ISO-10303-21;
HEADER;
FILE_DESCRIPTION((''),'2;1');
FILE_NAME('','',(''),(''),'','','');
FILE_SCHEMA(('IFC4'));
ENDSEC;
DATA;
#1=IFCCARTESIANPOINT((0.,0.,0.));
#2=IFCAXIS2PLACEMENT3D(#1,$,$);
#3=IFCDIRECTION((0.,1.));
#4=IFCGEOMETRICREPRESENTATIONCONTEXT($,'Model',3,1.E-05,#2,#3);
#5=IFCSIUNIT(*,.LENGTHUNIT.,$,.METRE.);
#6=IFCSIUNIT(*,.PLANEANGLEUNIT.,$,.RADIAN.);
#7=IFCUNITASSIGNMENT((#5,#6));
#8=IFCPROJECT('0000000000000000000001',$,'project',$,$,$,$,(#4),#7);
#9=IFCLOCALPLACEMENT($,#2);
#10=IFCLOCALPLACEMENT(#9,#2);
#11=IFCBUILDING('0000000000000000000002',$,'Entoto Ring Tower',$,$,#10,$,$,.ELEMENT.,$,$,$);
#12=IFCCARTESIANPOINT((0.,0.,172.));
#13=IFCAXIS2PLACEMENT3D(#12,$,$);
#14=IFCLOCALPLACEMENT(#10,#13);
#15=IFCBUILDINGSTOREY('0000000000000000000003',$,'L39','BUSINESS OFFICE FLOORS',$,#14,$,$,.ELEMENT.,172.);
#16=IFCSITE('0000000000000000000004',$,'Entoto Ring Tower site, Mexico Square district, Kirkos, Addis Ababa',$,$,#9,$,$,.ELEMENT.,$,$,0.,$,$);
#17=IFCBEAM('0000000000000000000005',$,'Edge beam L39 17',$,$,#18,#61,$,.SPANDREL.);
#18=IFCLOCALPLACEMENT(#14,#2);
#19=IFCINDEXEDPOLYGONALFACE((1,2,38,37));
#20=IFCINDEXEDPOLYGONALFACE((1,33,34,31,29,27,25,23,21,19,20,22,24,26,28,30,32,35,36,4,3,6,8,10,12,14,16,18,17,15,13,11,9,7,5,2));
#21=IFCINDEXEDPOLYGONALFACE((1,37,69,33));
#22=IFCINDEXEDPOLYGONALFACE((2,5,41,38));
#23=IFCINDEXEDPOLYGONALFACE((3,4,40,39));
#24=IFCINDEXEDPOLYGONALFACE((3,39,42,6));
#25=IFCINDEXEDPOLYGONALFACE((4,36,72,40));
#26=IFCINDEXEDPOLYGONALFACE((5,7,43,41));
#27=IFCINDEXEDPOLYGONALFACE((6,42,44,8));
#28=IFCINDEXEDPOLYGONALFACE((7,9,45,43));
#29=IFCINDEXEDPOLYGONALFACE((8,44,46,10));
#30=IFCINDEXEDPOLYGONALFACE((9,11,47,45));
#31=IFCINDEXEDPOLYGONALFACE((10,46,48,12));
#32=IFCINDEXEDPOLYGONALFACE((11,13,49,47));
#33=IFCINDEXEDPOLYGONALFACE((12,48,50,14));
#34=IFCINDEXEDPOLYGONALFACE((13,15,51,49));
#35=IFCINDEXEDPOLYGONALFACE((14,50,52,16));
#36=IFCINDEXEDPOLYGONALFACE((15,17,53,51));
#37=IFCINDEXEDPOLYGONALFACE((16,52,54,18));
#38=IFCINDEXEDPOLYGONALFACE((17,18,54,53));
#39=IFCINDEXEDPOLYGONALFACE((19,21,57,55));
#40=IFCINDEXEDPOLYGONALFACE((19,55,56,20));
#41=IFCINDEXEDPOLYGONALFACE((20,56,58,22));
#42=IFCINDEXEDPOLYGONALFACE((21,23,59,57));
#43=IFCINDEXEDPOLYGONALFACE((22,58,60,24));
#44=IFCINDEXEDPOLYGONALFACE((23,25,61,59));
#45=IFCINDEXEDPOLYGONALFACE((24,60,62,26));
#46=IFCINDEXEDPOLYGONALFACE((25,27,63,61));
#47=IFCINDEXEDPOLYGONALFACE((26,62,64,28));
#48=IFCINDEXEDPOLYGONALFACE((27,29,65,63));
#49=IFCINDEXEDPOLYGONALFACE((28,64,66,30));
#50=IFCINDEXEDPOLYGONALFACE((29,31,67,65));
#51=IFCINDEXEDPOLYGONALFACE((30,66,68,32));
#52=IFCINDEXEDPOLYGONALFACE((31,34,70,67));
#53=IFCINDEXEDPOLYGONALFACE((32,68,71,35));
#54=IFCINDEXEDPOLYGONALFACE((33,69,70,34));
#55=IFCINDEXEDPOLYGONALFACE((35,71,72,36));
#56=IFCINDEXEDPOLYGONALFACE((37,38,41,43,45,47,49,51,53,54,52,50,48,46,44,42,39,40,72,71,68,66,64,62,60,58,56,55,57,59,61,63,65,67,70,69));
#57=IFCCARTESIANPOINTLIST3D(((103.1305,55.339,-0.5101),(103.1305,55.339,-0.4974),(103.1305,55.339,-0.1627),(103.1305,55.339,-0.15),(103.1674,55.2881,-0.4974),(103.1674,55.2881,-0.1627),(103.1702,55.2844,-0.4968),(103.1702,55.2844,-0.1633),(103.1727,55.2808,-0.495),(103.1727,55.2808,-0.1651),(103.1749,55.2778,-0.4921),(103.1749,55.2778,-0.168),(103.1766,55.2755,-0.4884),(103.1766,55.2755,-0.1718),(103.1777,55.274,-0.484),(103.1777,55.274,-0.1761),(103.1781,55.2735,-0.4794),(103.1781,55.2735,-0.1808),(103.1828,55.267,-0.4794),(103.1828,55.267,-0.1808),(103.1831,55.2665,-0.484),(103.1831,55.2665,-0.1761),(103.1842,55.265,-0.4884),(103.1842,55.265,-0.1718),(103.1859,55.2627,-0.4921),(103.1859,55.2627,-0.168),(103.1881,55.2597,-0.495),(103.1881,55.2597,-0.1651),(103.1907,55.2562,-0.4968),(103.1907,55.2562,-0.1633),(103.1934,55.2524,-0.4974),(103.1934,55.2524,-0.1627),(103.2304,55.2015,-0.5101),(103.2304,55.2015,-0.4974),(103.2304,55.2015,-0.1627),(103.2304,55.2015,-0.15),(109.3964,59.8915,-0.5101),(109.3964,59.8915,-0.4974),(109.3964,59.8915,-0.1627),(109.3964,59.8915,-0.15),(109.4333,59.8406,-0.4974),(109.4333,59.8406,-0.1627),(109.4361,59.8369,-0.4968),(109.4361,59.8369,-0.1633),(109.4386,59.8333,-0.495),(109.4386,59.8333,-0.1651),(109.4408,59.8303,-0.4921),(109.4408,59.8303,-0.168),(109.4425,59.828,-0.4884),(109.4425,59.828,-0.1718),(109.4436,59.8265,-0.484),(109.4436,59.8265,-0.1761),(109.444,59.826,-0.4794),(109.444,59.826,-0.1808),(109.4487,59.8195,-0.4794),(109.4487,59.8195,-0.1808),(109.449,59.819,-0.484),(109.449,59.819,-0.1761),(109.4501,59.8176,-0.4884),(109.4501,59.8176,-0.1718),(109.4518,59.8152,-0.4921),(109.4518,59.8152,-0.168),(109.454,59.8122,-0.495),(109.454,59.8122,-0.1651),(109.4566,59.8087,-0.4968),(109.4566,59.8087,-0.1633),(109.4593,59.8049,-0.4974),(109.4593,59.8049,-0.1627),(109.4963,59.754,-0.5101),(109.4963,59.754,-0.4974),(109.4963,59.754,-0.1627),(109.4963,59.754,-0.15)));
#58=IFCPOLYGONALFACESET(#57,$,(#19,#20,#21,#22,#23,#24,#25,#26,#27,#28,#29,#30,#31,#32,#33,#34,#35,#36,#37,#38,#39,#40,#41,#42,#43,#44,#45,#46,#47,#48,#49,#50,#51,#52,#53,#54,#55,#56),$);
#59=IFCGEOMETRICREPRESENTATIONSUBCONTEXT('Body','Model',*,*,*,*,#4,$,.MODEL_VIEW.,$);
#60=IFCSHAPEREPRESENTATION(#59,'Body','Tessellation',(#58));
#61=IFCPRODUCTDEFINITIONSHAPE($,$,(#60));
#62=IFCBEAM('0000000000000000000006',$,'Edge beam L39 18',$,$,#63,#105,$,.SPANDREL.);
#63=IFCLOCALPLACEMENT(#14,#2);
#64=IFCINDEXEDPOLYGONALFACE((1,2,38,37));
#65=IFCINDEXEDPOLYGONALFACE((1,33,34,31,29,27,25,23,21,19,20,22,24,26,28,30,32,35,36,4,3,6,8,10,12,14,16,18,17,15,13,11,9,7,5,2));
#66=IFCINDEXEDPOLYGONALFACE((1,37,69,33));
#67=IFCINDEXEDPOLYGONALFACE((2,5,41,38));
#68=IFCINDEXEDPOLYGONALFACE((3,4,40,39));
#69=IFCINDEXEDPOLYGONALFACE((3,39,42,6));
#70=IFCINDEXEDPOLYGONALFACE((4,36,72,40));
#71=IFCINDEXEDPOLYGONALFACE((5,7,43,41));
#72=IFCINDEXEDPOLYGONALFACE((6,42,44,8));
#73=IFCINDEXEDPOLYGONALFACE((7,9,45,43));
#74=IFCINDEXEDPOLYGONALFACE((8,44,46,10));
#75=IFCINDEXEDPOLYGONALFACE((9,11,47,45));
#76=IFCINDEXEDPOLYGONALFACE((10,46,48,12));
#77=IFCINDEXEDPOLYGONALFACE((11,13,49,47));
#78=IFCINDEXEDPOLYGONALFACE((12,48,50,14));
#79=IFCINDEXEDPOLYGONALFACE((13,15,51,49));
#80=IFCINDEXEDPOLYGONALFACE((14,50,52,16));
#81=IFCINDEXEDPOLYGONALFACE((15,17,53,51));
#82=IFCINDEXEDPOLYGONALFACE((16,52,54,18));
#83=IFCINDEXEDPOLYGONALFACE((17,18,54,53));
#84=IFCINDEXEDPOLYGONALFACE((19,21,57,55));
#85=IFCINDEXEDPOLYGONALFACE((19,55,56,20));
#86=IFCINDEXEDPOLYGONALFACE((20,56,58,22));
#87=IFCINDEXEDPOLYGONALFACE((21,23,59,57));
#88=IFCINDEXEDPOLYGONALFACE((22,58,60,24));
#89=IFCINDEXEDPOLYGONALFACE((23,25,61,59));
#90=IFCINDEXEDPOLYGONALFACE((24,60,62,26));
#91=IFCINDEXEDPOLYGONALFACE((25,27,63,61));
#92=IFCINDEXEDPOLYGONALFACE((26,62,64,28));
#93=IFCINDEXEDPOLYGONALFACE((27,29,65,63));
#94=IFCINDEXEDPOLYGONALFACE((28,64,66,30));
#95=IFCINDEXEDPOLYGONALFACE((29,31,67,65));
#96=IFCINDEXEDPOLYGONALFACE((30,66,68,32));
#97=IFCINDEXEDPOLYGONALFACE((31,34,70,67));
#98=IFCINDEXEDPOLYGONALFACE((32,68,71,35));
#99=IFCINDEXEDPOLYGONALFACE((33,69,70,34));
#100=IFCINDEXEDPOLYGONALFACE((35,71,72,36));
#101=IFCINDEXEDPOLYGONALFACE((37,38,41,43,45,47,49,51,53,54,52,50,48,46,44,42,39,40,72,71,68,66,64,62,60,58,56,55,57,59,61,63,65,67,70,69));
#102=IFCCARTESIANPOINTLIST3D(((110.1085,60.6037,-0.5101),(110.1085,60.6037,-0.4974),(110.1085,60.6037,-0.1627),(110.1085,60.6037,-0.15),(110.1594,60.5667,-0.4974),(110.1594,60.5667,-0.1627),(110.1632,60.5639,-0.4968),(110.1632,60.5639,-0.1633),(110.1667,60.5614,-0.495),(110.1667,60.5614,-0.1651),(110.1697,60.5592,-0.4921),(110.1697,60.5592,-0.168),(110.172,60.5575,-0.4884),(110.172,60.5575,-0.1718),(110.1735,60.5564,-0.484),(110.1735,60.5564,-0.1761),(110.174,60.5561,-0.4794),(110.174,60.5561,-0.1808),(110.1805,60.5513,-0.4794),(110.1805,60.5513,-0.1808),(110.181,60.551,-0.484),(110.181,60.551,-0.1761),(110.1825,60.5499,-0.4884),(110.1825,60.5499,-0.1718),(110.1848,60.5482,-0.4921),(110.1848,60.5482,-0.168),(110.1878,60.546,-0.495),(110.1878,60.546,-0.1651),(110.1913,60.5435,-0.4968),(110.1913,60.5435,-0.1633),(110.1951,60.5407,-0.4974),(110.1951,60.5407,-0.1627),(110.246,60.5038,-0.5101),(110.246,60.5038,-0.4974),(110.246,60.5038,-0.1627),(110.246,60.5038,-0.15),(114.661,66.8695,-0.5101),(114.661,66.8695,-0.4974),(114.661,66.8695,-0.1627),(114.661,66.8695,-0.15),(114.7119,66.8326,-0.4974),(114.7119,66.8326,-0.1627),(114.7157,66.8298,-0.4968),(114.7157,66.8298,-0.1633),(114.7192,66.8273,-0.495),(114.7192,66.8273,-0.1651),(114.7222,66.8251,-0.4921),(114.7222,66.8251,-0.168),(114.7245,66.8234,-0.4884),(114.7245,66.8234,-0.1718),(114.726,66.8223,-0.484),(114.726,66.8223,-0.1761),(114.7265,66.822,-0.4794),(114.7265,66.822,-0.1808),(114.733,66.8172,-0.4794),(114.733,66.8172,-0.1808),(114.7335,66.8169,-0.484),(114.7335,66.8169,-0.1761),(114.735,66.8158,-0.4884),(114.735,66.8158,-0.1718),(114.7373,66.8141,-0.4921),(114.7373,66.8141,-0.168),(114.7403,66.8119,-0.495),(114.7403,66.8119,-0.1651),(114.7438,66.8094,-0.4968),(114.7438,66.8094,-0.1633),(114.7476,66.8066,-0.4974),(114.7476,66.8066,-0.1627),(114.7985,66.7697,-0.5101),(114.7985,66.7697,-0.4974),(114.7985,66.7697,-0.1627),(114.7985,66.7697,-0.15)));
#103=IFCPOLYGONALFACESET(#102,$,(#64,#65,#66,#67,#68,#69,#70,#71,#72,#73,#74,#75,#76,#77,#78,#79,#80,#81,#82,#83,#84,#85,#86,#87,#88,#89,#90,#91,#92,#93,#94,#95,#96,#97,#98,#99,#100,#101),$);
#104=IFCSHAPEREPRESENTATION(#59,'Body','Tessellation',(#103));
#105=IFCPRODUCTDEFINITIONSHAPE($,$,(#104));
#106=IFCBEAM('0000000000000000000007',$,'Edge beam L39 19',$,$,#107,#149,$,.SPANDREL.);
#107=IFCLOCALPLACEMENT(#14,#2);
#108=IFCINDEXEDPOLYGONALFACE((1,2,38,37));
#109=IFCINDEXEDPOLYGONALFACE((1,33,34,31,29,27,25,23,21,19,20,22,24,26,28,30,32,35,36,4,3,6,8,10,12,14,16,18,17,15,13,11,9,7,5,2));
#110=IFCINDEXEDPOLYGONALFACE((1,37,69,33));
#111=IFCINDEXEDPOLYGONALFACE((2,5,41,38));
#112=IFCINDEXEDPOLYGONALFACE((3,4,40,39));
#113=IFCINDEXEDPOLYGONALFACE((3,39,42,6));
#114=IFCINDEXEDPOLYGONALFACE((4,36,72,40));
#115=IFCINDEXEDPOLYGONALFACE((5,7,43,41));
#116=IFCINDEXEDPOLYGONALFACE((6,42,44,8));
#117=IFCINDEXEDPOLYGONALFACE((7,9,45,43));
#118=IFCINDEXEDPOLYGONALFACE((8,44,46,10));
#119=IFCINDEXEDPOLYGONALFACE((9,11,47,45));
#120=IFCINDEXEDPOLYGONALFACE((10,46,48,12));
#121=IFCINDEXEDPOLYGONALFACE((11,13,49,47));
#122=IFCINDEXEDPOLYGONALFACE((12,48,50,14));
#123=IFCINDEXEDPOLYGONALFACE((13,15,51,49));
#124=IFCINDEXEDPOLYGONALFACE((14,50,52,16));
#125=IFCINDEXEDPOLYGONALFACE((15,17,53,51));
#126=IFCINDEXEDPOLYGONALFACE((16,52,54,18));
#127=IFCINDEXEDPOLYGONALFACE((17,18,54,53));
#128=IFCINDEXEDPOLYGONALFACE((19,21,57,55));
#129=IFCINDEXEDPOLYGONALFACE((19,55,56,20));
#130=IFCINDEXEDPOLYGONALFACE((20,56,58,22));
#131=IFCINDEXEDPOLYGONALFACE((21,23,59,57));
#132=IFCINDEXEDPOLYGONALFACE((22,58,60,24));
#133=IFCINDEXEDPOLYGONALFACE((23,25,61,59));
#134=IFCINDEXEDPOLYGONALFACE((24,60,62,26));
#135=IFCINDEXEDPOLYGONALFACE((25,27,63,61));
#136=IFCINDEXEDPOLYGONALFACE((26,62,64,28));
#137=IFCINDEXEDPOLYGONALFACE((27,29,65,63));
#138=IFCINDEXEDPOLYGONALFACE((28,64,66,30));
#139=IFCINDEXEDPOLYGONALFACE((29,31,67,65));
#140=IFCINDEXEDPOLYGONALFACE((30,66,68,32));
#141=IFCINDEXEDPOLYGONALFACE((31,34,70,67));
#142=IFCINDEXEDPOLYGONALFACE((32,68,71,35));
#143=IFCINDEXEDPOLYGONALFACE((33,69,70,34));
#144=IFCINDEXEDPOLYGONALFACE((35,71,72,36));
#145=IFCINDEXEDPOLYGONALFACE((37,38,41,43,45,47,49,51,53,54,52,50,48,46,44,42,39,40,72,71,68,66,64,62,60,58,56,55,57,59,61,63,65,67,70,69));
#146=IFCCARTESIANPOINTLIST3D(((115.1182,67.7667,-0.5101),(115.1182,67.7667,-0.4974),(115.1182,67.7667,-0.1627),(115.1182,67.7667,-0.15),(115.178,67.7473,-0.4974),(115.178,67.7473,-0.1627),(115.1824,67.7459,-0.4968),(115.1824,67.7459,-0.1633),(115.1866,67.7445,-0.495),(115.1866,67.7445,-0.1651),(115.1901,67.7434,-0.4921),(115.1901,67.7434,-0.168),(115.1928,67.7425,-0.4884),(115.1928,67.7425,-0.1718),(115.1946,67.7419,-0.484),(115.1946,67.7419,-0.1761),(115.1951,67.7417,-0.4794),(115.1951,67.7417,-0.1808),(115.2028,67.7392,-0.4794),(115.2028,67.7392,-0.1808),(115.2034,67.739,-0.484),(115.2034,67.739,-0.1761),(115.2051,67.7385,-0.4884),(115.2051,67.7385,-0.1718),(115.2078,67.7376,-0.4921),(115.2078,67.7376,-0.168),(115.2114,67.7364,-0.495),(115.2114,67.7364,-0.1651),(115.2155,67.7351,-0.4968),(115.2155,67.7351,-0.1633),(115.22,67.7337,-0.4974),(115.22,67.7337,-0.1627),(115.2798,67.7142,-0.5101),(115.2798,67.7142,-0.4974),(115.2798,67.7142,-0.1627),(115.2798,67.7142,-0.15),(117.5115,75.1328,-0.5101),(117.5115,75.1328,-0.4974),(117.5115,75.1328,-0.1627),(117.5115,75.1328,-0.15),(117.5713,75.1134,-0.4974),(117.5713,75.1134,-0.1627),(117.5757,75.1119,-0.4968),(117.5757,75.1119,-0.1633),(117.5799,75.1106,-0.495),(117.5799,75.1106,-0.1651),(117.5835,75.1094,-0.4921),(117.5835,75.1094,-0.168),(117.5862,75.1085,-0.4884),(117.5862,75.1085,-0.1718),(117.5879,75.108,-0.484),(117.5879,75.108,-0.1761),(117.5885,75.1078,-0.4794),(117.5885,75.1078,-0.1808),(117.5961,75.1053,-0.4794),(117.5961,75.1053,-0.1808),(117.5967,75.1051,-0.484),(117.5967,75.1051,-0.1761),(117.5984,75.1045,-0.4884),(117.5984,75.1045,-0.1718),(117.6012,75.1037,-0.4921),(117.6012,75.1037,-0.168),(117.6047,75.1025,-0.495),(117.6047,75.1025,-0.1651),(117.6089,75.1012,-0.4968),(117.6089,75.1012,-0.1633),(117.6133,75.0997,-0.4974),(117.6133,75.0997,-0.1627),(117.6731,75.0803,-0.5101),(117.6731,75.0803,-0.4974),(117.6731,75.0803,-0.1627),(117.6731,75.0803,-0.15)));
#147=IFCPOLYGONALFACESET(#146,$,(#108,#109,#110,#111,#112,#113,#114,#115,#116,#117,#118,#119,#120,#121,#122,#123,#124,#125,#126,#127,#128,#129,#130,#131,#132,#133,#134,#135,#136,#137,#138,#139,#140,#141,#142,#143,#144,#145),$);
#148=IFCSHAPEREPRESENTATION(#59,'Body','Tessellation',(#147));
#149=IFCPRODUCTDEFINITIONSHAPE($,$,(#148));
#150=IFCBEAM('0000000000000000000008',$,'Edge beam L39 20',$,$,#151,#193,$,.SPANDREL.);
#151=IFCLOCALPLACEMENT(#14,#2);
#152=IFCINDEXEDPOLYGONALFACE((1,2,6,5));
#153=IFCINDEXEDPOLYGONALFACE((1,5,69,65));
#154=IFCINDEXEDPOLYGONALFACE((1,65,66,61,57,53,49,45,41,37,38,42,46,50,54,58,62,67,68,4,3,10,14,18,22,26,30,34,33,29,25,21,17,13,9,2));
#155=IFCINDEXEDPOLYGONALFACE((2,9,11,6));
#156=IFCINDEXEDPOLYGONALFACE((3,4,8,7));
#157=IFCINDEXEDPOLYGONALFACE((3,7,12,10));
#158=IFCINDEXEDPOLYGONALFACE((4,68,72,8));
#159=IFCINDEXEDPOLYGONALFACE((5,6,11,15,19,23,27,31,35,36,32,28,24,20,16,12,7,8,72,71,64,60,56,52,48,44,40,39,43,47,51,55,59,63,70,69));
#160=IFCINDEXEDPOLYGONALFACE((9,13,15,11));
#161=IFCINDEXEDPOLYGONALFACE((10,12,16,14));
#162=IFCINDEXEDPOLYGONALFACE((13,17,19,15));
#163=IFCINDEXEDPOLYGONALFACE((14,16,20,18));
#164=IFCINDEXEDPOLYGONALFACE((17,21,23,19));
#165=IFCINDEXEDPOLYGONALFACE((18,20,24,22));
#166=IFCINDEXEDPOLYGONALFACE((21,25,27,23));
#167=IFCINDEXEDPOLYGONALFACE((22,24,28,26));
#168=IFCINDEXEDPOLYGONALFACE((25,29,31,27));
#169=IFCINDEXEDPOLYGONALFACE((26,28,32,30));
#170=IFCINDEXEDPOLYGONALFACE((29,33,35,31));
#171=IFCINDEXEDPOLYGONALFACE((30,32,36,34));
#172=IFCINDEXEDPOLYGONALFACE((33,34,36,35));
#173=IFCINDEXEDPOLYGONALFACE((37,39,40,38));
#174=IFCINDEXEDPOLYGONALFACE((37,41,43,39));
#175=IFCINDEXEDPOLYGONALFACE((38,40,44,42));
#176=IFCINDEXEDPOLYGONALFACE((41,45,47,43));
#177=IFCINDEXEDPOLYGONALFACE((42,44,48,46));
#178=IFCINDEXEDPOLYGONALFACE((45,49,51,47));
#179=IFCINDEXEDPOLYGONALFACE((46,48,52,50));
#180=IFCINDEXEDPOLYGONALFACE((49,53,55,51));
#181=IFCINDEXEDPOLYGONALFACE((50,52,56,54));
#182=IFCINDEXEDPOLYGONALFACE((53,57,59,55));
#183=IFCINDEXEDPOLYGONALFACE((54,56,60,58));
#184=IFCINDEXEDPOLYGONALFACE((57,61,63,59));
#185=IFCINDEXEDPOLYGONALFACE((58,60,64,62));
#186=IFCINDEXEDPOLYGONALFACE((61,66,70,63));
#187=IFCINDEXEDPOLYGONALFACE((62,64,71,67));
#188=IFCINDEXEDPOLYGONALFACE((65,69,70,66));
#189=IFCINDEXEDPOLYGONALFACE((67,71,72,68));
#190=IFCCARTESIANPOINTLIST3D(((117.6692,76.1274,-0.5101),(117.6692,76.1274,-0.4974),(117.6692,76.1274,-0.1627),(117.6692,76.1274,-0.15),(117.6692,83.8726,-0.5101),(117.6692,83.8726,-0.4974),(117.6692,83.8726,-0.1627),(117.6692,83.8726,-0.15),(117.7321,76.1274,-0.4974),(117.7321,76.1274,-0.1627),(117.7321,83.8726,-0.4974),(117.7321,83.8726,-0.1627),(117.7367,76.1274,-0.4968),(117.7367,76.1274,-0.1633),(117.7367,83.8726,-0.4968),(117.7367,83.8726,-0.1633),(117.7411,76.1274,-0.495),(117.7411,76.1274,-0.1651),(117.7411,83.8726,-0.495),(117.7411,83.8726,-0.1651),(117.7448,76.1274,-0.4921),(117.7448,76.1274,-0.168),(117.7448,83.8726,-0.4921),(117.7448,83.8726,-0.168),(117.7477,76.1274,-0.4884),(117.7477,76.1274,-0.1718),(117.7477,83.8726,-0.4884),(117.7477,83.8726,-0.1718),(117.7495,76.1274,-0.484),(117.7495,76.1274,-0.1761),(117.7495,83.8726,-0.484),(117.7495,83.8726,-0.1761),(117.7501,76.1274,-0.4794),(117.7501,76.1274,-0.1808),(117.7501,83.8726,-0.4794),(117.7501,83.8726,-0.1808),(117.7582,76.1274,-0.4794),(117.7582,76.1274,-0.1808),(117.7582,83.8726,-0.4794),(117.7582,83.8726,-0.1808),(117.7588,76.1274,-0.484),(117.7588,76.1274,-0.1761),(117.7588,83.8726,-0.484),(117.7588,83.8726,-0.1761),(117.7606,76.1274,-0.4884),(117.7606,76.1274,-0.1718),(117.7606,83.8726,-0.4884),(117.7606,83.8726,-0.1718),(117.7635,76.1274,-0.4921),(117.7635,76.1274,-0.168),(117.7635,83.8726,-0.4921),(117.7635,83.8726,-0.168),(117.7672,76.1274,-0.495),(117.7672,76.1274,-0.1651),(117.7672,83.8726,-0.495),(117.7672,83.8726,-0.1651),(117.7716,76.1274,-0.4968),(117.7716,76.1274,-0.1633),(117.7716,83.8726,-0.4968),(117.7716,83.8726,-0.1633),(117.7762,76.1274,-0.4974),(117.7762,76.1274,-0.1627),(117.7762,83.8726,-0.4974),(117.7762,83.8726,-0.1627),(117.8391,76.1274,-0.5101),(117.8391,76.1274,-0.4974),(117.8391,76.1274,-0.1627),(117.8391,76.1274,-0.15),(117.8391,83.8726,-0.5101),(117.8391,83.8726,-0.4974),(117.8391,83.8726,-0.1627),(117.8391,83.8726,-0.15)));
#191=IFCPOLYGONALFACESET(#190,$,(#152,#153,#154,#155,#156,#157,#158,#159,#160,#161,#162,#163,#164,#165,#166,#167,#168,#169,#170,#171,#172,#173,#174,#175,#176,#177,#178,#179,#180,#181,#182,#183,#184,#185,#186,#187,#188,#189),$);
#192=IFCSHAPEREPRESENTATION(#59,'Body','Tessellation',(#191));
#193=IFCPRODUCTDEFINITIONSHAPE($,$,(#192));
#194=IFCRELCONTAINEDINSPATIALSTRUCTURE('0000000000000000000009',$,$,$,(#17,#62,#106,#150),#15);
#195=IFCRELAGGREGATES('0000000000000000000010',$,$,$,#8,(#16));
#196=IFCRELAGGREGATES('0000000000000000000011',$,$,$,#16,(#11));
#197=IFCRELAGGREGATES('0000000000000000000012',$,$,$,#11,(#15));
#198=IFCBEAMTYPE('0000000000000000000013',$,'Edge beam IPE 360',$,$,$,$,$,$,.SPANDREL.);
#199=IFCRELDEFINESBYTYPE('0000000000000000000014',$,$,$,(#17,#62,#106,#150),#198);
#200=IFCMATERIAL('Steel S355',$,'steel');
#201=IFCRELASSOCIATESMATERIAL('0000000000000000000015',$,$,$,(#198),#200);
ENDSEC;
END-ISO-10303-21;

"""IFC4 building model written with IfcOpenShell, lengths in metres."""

from ifc_helpers import new_model, si_unit, direction, frame, origin, origin_2d, place, context, subcontext, project, spatial, i_section, extrude, material, material_profile, profile_set, type_object, element, save


model = new_model("IFC4")

# Units and contexts
model_context = context("Model", 3, precision=1e-05, world=origin(), true_north=direction((0.0, 1.0)))
body_context = subcontext(model_context, "Body", "Model", "MODEL_VIEW")
ifc_project = project(units=[si_unit("LENGTHUNIT", "METRE"), si_unit("PLANEANGLEUNIT", "RADIAN")], contexts=[model_context])

# Site, building, storey
site_placement = place(None, origin())
site = spatial("IfcSite", under=ifc_project, at=site_placement, Name="Entoto Ring Tower site, Mexico Square district, Kirkos, Addis Ababa", CompositionType="ELEMENT", RefElevation=0.0)
building_placement = place(site_placement, origin())
building = spatial("IfcBuilding", under=site, at=building_placement, Name="Entoto Ring Tower", CompositionType="ELEMENT")
storey_placement = place(building_placement, frame((0.0, 0.0, 172.0)))
storey = spatial("IfcBuildingStorey", under=building, at=storey_placement, Name="L39", Description="BUSINESS OFFICE FLOORS", CompositionType="ELEMENT", Elevation=172.0)

# Beams
ifc_material_1 = material(Name="Steel S355", Category="steel")
ifc_material_profile_1 = material_profile(ifc_material_1, i_section(OverallWidth=0.1699, OverallDepth=0.3601, WebThickness=0.0081, FlangeThickness=0.0127, FilletRadius=0.0181, at=origin_2d()), Name="IPE 360")
ifc_profile_set_1 = profile_set([ifc_material_profile_1], Name="Steel S355")
beam_type_1 = type_object("IfcBeamType", Name="Edge beam IPE 360", PredefinedType="SPANDREL", material=ifc_profile_set_1)
for number, where, z_axis, x_axis, name in (
    (1, (103.1804, 55.2703, -0.3301), (0.809013, 0.587791, 0.0), (-0.587791, 0.809013, 0.0), "Edge beam L39 17"),
    (2, (110.1772, 60.5537, -0.3301), (0.587791, 0.809013, 0.0), (-0.809013, 0.587791, 0.0), "Edge beam L39 18"),
    (3, (115.199, 67.7405, -0.3301), (0.309013, 0.951058, 0.0), (-0.951058, 0.309013, 0.0), "Edge beam L39 19"),
    (4, (117.7542, 76.1274, -0.3301), (0.0, 1.0, 0.0), (-1.0, 0.0, 0.0), "Edge beam L39 20"),
):
    element("IfcBeam", number, at=place(storey_placement, frame(where, z_axis=z_axis, x_axis=x_axis)), inside=storey, type_object=beam_type_1, Name=name, PredefinedType="SPANDREL", context=body_context, shape_type="SweptSolid", body=[
        extrude(i_section(OverallWidth=0.1699, OverallDepth=0.3601, WebThickness=0.0081, FlangeThickness=0.0127, FilletRadius=0.0181, at=origin_2d()), origin(), (0.0, 0.0, 1.0), 7.7451),
    ])

save(model, "model.ifc")
